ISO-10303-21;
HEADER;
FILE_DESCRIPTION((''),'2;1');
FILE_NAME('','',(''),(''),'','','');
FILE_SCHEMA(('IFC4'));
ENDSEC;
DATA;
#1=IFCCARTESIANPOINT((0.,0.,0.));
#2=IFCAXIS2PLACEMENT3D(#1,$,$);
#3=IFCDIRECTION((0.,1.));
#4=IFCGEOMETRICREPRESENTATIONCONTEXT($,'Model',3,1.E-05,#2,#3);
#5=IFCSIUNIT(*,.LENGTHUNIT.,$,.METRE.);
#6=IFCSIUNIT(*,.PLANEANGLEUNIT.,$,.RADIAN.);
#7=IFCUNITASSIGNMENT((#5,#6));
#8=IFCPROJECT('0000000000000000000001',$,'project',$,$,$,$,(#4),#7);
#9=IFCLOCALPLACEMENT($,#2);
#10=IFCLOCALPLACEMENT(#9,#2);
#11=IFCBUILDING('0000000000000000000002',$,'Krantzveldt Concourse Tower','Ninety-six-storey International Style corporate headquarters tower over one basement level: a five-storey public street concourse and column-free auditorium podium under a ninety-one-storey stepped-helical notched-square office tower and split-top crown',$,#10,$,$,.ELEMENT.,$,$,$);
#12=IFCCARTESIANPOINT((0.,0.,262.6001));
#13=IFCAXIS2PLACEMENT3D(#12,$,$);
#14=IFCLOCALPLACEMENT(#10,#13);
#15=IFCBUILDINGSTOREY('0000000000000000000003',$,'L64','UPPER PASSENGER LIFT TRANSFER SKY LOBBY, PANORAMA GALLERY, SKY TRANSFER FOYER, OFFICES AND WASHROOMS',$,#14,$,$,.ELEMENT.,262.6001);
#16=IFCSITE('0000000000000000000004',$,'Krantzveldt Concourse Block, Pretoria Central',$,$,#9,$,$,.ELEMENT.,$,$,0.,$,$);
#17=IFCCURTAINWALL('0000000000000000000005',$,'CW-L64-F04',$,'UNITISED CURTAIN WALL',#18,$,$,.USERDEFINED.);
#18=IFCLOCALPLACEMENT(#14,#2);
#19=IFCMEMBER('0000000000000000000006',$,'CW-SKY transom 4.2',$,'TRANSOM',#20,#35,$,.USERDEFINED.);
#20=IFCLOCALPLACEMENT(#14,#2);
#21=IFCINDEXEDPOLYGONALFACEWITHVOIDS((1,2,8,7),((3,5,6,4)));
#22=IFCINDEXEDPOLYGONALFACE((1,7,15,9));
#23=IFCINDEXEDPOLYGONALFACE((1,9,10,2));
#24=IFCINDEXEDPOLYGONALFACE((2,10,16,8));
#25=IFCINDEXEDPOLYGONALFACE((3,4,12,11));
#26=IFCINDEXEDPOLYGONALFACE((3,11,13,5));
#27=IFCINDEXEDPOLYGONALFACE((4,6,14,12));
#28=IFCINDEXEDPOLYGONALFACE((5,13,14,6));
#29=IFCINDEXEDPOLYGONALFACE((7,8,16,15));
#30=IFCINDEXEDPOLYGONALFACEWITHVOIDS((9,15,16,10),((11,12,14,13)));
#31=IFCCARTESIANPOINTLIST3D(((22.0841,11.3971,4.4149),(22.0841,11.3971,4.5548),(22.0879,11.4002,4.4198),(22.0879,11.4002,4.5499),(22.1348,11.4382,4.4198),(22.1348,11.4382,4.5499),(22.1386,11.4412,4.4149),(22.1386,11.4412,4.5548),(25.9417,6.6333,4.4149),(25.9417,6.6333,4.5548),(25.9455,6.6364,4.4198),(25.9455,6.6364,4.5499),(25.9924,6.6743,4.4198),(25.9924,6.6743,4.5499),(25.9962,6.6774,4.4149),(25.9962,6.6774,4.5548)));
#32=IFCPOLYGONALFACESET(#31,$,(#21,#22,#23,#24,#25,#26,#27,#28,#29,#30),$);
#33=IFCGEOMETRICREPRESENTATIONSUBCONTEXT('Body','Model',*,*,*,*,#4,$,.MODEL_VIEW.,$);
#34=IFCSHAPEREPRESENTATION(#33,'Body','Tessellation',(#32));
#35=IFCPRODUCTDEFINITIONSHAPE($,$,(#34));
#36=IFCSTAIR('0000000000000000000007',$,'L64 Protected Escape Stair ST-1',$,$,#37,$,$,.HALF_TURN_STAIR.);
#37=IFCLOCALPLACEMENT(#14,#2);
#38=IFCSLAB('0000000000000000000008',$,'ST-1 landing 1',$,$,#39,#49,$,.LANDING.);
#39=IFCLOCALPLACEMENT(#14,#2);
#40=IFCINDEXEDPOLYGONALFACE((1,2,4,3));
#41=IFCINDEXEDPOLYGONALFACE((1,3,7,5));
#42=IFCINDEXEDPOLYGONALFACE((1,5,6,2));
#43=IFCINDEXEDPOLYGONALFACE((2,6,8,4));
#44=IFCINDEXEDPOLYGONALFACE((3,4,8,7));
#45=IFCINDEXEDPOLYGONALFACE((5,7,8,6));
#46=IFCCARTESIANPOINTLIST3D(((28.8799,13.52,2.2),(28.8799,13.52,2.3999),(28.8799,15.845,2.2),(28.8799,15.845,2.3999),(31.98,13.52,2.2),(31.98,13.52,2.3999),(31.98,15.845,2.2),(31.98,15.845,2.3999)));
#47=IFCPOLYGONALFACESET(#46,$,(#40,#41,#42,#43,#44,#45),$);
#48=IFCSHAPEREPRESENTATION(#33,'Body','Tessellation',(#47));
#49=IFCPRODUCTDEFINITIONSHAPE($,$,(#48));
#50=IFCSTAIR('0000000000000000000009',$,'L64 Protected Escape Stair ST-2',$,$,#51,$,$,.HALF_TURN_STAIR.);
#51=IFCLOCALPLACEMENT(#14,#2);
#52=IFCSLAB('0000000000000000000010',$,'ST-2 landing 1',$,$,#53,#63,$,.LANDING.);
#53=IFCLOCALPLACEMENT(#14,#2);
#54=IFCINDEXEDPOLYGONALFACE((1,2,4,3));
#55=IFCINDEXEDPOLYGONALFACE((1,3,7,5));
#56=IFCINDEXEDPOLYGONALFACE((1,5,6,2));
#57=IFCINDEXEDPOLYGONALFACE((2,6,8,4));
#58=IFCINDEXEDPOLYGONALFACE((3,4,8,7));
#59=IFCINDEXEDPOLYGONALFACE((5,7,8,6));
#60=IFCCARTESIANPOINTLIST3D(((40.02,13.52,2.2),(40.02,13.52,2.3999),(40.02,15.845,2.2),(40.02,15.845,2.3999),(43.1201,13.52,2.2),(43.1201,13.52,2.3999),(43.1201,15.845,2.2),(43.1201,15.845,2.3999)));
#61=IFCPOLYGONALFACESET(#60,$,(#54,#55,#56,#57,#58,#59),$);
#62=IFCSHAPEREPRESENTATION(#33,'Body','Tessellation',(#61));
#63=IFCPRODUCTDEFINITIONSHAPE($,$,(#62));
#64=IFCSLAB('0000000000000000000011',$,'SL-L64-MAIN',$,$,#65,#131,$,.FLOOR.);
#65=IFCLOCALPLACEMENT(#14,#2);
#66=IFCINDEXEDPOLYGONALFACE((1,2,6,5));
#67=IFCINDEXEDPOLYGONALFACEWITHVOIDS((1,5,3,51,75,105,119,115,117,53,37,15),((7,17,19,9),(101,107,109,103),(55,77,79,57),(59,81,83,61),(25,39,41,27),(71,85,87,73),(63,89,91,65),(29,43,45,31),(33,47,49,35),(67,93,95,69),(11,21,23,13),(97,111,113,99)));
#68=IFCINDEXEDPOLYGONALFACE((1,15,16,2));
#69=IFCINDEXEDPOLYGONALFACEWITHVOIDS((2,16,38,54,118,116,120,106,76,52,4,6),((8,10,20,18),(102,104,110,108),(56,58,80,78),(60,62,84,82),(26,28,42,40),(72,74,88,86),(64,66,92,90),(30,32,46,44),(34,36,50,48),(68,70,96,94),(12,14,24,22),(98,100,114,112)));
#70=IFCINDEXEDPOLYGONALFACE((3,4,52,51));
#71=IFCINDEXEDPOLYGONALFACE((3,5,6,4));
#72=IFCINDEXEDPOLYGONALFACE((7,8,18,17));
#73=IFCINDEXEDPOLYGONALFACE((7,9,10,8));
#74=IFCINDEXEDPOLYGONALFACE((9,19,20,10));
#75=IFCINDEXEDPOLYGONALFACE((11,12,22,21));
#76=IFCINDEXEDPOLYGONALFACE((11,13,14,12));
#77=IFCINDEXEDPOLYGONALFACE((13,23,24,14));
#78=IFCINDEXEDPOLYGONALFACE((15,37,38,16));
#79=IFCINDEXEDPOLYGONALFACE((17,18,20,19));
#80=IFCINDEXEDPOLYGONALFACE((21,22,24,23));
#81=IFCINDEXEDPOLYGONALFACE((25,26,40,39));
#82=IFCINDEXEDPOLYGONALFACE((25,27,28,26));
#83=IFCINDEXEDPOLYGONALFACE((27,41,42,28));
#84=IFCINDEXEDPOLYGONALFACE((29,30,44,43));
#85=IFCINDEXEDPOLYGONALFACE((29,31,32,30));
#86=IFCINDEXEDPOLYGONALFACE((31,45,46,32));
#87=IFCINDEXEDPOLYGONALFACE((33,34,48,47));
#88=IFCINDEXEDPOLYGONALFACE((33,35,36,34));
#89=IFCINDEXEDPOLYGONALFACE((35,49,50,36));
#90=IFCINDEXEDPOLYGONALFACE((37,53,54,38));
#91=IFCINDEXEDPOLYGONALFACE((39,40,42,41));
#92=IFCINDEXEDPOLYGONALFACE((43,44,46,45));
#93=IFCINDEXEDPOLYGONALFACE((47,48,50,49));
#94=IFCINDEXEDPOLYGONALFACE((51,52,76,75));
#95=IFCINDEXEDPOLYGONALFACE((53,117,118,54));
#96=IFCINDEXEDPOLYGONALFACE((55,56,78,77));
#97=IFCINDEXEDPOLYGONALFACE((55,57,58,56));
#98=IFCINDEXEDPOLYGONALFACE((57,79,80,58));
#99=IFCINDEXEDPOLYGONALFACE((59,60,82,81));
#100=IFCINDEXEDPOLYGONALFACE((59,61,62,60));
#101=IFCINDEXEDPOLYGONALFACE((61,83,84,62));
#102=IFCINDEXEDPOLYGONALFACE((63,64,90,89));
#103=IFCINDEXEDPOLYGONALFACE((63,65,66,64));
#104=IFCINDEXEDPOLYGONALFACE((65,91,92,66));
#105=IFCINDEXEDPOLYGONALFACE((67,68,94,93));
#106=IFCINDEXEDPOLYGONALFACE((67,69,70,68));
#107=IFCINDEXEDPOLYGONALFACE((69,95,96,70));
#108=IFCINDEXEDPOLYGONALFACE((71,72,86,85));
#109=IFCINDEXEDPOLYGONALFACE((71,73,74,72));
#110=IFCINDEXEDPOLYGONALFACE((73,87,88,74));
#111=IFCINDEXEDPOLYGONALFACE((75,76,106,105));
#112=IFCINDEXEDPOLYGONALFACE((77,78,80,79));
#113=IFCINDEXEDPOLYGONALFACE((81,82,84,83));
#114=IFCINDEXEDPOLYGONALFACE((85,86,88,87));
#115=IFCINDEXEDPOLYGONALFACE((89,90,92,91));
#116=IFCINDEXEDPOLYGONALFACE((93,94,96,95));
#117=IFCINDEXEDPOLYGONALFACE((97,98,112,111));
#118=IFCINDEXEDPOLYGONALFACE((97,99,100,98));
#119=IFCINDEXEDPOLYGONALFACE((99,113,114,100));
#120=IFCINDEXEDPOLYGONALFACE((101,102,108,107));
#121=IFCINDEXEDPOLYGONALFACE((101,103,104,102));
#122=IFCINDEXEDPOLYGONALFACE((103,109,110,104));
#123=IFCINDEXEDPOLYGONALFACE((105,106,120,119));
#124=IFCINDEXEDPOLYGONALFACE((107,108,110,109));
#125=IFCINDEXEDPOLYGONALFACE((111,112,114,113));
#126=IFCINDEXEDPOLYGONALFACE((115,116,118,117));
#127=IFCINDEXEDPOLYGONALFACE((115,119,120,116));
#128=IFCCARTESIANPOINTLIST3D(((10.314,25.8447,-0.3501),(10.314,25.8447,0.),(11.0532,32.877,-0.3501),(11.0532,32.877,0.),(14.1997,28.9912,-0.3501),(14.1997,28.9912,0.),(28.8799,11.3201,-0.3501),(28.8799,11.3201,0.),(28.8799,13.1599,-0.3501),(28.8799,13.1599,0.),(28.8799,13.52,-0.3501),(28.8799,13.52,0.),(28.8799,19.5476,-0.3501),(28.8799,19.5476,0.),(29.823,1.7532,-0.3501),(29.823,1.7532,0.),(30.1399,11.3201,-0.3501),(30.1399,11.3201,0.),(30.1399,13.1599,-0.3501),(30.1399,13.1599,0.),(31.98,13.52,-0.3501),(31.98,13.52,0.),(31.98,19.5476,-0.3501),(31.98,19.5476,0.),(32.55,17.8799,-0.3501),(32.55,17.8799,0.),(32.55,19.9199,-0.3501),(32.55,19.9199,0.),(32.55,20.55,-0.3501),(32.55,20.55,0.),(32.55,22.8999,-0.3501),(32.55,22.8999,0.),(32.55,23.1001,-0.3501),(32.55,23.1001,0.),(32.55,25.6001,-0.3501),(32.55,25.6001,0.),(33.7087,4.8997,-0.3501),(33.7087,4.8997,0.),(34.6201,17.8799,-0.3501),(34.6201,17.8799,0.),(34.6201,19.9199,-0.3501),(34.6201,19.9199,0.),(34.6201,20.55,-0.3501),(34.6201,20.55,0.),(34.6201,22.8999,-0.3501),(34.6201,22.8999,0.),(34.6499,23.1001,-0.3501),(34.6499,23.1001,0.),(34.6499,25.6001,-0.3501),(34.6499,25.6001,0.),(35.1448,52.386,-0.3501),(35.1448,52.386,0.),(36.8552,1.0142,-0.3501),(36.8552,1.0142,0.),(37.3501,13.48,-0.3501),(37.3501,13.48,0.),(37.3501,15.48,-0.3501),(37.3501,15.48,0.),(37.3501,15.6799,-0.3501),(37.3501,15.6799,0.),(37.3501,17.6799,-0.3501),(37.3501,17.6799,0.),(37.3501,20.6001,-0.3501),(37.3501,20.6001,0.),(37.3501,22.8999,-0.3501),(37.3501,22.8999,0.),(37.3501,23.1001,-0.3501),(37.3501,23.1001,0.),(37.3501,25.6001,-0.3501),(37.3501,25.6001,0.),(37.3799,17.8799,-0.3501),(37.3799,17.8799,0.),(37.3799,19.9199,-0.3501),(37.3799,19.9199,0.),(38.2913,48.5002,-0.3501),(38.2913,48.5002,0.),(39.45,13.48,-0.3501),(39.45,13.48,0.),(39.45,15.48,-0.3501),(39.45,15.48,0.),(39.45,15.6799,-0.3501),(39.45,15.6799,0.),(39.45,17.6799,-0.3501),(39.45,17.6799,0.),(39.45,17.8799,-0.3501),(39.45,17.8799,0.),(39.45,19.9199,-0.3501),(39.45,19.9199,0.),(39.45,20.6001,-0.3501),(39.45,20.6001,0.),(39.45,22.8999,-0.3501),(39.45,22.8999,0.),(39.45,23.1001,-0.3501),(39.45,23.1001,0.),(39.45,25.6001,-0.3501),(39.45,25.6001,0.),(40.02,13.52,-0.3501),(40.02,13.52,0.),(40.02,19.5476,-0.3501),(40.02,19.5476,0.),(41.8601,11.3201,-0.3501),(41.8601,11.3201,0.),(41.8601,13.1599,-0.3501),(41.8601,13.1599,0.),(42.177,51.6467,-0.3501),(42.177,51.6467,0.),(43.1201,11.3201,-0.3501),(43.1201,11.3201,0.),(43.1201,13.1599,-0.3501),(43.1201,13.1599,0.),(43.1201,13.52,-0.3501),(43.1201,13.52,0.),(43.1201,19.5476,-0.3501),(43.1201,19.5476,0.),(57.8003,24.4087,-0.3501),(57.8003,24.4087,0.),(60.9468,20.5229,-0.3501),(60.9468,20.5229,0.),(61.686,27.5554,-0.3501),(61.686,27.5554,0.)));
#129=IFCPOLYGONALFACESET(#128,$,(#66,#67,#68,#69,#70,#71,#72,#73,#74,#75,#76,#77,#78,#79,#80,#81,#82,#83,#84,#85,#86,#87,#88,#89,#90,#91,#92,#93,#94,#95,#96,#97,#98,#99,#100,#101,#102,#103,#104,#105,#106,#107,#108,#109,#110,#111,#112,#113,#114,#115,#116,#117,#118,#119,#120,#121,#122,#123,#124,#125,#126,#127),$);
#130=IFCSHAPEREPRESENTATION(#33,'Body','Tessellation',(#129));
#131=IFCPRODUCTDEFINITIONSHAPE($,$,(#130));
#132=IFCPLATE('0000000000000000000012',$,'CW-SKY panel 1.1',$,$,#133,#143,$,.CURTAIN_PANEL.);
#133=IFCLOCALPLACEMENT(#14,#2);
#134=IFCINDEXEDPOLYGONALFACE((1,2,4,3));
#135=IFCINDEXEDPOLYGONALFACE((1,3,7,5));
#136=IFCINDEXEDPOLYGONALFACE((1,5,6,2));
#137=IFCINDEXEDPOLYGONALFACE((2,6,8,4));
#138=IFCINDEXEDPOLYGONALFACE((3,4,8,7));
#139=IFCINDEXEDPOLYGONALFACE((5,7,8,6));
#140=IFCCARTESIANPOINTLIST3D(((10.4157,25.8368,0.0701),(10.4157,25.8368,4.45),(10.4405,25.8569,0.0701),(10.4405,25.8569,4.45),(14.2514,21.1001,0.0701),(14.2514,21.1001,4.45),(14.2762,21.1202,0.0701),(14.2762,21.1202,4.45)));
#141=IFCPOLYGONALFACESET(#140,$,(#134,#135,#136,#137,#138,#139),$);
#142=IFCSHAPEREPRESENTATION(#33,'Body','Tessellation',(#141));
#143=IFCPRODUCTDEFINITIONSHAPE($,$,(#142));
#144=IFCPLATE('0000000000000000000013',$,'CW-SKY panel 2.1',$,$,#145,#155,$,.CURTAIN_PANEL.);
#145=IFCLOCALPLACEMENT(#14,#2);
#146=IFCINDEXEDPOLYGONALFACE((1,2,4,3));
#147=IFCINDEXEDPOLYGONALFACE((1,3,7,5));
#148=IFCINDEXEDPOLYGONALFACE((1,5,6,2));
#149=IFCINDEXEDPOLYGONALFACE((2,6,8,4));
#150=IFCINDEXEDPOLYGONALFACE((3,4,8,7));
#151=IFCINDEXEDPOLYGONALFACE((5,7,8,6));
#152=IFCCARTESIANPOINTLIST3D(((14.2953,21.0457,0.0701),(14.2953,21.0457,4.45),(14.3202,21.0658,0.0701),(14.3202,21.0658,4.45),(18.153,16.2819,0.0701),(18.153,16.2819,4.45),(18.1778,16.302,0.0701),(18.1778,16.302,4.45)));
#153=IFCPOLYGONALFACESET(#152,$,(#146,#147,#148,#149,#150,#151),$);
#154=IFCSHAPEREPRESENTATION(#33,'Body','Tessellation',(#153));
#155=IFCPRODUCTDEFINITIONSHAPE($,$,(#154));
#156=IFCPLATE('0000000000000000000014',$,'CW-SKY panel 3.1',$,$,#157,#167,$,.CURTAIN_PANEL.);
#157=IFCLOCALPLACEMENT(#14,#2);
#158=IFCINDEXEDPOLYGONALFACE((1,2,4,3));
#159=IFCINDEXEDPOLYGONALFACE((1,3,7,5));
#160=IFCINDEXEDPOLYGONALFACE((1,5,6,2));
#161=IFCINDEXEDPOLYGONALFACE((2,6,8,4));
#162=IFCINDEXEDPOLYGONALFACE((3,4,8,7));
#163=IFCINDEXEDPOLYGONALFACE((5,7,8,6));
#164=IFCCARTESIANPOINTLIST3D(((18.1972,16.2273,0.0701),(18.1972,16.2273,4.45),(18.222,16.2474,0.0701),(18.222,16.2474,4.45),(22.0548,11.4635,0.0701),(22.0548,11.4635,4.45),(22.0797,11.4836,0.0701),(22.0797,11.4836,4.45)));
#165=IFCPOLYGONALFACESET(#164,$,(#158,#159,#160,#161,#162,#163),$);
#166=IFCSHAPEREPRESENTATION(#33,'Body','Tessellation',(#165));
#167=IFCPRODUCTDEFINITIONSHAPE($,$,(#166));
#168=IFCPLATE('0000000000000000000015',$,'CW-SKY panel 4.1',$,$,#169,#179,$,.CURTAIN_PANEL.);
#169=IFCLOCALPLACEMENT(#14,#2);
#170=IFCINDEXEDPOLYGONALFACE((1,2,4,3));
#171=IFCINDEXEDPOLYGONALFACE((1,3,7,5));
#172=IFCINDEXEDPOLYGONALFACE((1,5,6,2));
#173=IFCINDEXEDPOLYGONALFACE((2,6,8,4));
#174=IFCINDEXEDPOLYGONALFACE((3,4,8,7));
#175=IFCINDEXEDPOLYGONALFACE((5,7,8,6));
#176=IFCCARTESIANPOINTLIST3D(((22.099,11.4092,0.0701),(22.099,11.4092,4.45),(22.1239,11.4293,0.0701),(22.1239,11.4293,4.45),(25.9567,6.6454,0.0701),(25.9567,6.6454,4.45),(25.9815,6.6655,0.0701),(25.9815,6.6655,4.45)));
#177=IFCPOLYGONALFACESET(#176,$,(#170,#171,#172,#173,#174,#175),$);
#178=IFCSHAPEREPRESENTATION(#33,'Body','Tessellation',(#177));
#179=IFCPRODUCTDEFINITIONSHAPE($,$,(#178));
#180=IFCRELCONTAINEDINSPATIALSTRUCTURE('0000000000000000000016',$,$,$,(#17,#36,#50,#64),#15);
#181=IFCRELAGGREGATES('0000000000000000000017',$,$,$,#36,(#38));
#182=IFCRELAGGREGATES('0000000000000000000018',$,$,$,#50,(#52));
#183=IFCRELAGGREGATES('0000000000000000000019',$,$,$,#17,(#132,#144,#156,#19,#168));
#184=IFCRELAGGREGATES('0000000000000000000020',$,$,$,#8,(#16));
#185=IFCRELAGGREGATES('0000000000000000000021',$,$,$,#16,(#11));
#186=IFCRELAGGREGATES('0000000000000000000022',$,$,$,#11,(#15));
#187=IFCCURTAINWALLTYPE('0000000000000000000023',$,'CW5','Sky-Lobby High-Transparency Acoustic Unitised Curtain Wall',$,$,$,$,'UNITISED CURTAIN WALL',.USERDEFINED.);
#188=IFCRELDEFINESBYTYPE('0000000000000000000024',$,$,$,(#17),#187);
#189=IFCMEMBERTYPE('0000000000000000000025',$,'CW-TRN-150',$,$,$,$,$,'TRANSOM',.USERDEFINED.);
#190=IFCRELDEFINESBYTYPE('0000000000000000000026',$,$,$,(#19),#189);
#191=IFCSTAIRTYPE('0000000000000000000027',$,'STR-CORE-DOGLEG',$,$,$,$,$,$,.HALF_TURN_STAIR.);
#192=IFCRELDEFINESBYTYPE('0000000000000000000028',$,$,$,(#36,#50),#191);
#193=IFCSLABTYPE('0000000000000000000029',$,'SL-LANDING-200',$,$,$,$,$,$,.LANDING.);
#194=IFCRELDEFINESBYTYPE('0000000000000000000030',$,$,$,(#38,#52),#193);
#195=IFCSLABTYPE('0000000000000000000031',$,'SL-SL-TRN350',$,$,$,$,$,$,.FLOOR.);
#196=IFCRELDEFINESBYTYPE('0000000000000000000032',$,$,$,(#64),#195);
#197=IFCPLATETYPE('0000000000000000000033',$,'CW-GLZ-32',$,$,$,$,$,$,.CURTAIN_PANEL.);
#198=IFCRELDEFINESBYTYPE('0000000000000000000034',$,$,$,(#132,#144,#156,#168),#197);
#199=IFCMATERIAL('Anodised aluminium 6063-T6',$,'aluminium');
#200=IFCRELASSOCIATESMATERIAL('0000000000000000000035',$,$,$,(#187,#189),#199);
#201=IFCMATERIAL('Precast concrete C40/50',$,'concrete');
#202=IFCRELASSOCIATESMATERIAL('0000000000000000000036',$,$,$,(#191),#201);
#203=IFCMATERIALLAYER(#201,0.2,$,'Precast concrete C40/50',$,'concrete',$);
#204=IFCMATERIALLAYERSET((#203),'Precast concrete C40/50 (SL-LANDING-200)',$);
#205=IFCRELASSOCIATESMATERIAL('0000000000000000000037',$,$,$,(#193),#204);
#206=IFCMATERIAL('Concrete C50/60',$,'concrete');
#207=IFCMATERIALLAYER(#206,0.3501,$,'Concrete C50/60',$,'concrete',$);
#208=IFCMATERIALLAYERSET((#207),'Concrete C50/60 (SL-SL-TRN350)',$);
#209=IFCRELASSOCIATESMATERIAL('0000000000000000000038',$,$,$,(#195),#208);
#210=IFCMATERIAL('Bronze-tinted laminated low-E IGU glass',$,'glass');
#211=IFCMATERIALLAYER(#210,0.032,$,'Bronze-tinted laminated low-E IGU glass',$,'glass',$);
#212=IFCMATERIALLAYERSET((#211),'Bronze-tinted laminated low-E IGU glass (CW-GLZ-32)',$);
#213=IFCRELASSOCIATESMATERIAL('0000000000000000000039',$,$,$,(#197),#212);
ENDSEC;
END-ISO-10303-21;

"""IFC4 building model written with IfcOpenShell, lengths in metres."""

from ifc_helpers import new_model, si_unit, direction, frame, origin, origin_2d, place, context, subcontext, project, spatial, polyline, rectangle, hollow_rectangle, outline, extrude, source, transform, mapped, material, layer, layer_set, material_profile, profile_set, type_object, type_shapes, element, aggregate, save


model = new_model("IFC4")

# Units and contexts
model_context = context("Model", 3, precision=1e-05, world=origin(), true_north=direction((0.0, 1.0)))
body_context = subcontext(model_context, "Body", "Model", "MODEL_VIEW")
ifc_project = project(units=[si_unit("LENGTHUNIT", "METRE"), si_unit("PLANEANGLEUNIT", "RADIAN")], contexts=[model_context])

# Site, building, storey
site_placement = place(None, origin())
site = spatial("IfcSite", under=ifc_project, at=site_placement, Name="Krantzveldt Concourse Block, Pretoria Central", CompositionType="ELEMENT", RefElevation=0.0)
building_placement = place(site_placement, origin())
building = spatial("IfcBuilding", under=site, at=building_placement, Name="Krantzveldt Concourse Tower", Description="Ninety-six-storey International Style corporate headquarters tower over one basement level: a five-storey public street concourse and column-free auditorium podium under a ninety-one-storey stepped-helical notched-square office tower and split-top crown", CompositionType="ELEMENT")
storey_placement = place(building_placement, frame((0.0, 0.0, 262.6001)))
storey = spatial("IfcBuildingStorey", under=building, at=storey_placement, Name="L64", Description="UPPER PASSENGER LIFT TRANSFER SKY LOBBY, PANORAMA GALLERY, SKY TRANSFER FOYER, OFFICES AND WASHROOMS", CompositionType="ELEMENT", Elevation=262.6001)

# Shared definitions
ifc_material_1 = material(Name="Concrete C50/60", Category="concrete")

# Curtain wall, member
ifc_material_2 = material(Name="Anodised aluminium 6063-T6", Category="aluminium")
curtain_wall_type = type_object("IfcCurtainWallType", Name="CW5", Description="Sky-Lobby High-Transparency Acoustic Unitised Curtain Wall", ElementType="UNITISED CURTAIN WALL", PredefinedType="USERDEFINED", material=ifc_material_2)
curtain_wall_placement = place(storey_placement, origin())
curtain_wall = element("IfcCurtainWall", 1, at=curtain_wall_placement, inside=storey, type_object=curtain_wall_type, Name="CW-L64-F04", ObjectType="UNITISED CURTAIN WALL", PredefinedType="USERDEFINED")
ifc_material_profile_1 = material_profile(ifc_material_2, hollow_rectangle(XDim=0.0701, YDim=0.1399, WallThickness=0.0049, at=origin_2d()), Name="Anodised aluminium 6063-T6", Category="aluminium")
ifc_profile_set_1 = profile_set([ifc_material_profile_1], Name="Anodised aluminium 6063-T6 - ALU-TRAN 140x70x5")
member_type_1 = type_object("IfcMemberType", Name="CW-TRN-150", ElementType="TRANSOM", PredefinedType="USERDEFINED", material=ifc_profile_set_1)
shared_shape_1 = source(origin(), body_context, "Body", "SweptSolid", [
    extrude(hollow_rectangle(XDim=0.0701, YDim=0.1399, WallThickness=0.0049, at=origin_2d()), origin(), (0.0, 0.0, 1.0), 6.1299),
])
member_1_placement = place(storey_placement, frame((22.1113, 11.4192, 4.4849), z_axis=(0.629313, -0.777152, 0.0), x_axis=(0.777152, 0.629313, 0.0)))
member_1 = element("IfcMember", 2, at=member_1_placement, type_object=member_type_1, Name="CW-SKY transom 4.2", ObjectType="TRANSOM", PredefinedType="USERDEFINED", context=body_context, shape_type="MappedRepresentation", body=[
    mapped(shared_shape_1, transform((0.0, 0.0, 0.0), x_axis=(1.0, 0.0, 0.0), y_axis=(0.0, 1.0, 0.0), z_axis=(0.0, 0.0, 1.0), scale=1.0)),
])

# Stairs, slabs
ifc_material_3 = material(Name="Precast concrete C40/50", Category="concrete")
stair_type = type_object("IfcStairType", Name="STR-CORE-DOGLEG", PredefinedType="HALF_TURN_STAIR", material=ifc_material_3)
stair_1_placement = place(storey_placement, origin())
stair_1 = element("IfcStair", 3, at=stair_1_placement, inside=storey, type_object=stair_type, Name="L64 Protected Escape Stair ST-1", PredefinedType="HALF_TURN_STAIR")
ifc_layer_1 = layer(ifc_material_3, 0.2, Name="Precast concrete C40/50", Category="concrete")
ifc_layer_set_1 = layer_set([ifc_layer_1], Name="Precast concrete C40/50 (SL-LANDING-200)")
slab_type_1 = type_object("IfcSlabType", Name="SL-LANDING-200", PredefinedType="LANDING", material=ifc_layer_set_1)
slab_1_placement = place(storey_placement, frame((0.0, 0.0, 2.2)))
slab_1 = element("IfcSlab", 4, at=slab_1_placement, type_object=slab_type_1, Name="ST-1 landing 1", PredefinedType="LANDING", context=body_context, shape_type="SweptSolid", body=[
    extrude(outline(polyline([(28.8799, 15.845), (28.8799, 13.52), (31.98, 13.52), (31.98, 15.845), (28.8799, 15.845)])), origin(), (0.0, 0.0, 1.0), 0.2),
])
aggregate(stair_1, [slab_1])
stair_2_placement = place(storey_placement, origin())
stair_2 = element("IfcStair", 5, at=stair_2_placement, inside=storey, type_object=stair_type, Name="L64 Protected Escape Stair ST-2", PredefinedType="HALF_TURN_STAIR")
slab_2_placement = place(storey_placement, frame((0.0, 0.0, 2.2)))
slab_2 = element("IfcSlab", 6, at=slab_2_placement, type_object=slab_type_1, Name="ST-2 landing 1", PredefinedType="LANDING", context=body_context, shape_type="SweptSolid", body=[
    extrude(outline(polyline([(40.02, 15.845), (40.02, 13.52), (43.1201, 13.52), (43.1201, 15.845), (40.02, 15.845)])), origin(), (0.0, 0.0, 1.0), 0.2),
])
aggregate(stair_2, [slab_2])

# Slab
ifc_layer_2 = layer(ifc_material_1, 0.3501, Name="Concrete C50/60", Category="concrete")
ifc_layer_set_2 = layer_set([ifc_layer_2], Name="Concrete C50/60 (SL-SL-TRN350)")
slab_type_2 = type_object("IfcSlabType", Name="SL-SL-TRN350", PredefinedType="FLOOR", material=ifc_layer_set_2)
slab_3_placement = place(storey_placement, frame((0.0, 0.0, -0.3501)))
element("IfcSlab", 7, at=slab_3_placement, inside=storey, type_object=slab_type_2, Name="SL-L64-MAIN", PredefinedType="FLOOR", context=body_context, shape_type="SweptSolid", body=[
    extrude(outline(polyline([(38.2913, 48.5002), (35.1448, 52.386), (11.0532, 32.877), (14.1997, 28.9912), (10.314, 25.8447), (29.823, 1.7532), (33.7087, 4.8997), (36.8552, 1.0142), (60.9468, 20.5229), (57.8003, 24.4087), (61.686, 27.5554), (42.177, 51.6467), (38.2913, 48.5002)]), holes=[polyline([(28.8799, 19.5476), (28.8799, 13.52), (31.98, 13.52), (31.98, 19.5476), (28.8799, 19.5476)]), polyline([(40.02, 19.5476), (40.02, 13.52), (43.1201, 13.52), (43.1201, 19.5476), (40.02, 19.5476)]), polyline([(32.55, 23.1001), (34.6499, 23.1001), (34.6499, 25.6001), (32.55, 25.6001), (32.55, 23.1001)]), polyline([(37.3501, 23.1001), (39.45, 23.1001), (39.45, 25.6001), (37.3501, 25.6001), (37.3501, 23.1001)]), polyline([(37.3501, 20.6001), (39.45, 20.6001), (39.45, 22.8999), (37.3501, 22.8999), (37.3501, 20.6001)]), polyline([(37.3501, 13.48), (39.45, 13.48), (39.45, 15.48), (37.3501, 15.48), (37.3501, 13.48)]), polyline([(37.3501, 15.6799), (39.45, 15.6799), (39.45, 17.6799), (37.3501, 17.6799), (37.3501, 15.6799)]), polyline([(32.55, 20.55), (34.6201, 20.55), (34.6201, 22.8999), (32.55, 22.8999), (32.55, 20.55)]), polyline([(32.55, 17.8799), (34.6201, 17.8799), (34.6201, 19.9199), (32.55, 19.9199), (32.55, 17.8799)]), polyline([(37.3799, 17.8799), (39.45, 17.8799), (39.45, 19.9199), (37.3799, 19.9199), (37.3799, 17.8799)]), polyline([(28.8799, 11.3201), (30.1399, 11.3201), (30.1399, 13.1599), (28.8799, 13.1599), (28.8799, 11.3201)]), polyline([(41.8601, 11.3201), (43.1201, 11.3201), (43.1201, 13.1599), (41.8601, 13.1599), (41.8601, 11.3201)])]), origin(), (0.0, 0.0, 1.0), 0.3501),
])

# Plates
ifc_material_4 = material(Name="Bronze-tinted laminated low-E IGU glass", Category="glass")
ifc_layer_3 = layer(ifc_material_4, 0.032, Name="Bronze-tinted laminated low-E IGU glass", Category="glass")
ifc_layer_set_3 = layer_set([ifc_layer_3], Name="Bronze-tinted laminated low-E IGU glass (CW-GLZ-32)")
plate_type = type_object("IfcPlateType", Name="CW-GLZ-32", PredefinedType="CURTAIN_PANEL", material=ifc_layer_set_3)
shared_shape_2 = source(origin(), body_context, "Body", "SweptSolid", [
    extrude(rectangle(XDim=6.095, YDim=0.032, at=origin_2d()), origin(), (0.0, 0.0, 1.0), 4.3799),
])
plate_1_placement = place(storey_placement, frame((12.3459, 23.4785, 0.0701), z_axis=(0.0, 0.0, 1.0), x_axis=(0.62932, -0.777146, 0.0)))
plate_1 = element("IfcPlate", 8, at=plate_1_placement, type_object=plate_type, Name="CW-SKY panel 1.1", PredefinedType="CURTAIN_PANEL", context=body_context, shape_type="MappedRepresentation", body=[
    mapped(shared_shape_2, transform((0.0, 0.0, 0.0), x_axis=(1.0, 0.0, 0.0), y_axis=(0.0, 1.0, 0.0), z_axis=(0.0, 0.0, 1.0), scale=1.0)),
])
shared_shape_3 = source(origin(), body_context, "Body", "SweptSolid", [
    extrude(rectangle(XDim=6.1299, YDim=0.032, at=origin_2d()), origin(), (0.0, 0.0, 1.0), 4.3799),
])
type_shapes(plate_type, [shared_shape_2, shared_shape_3])
plate_2_placement = place(storey_placement, frame((16.2366, 18.6738, 0.0701), z_axis=(0.0, 0.0, 1.0), x_axis=(0.62932, -0.777146, 0.0)))
plate_2 = element("IfcPlate", 9, at=plate_2_placement, type_object=plate_type, Name="CW-SKY panel 2.1", PredefinedType="CURTAIN_PANEL", context=body_context, shape_type="MappedRepresentation", body=[
    mapped(shared_shape_3, transform((0.0, 0.0, 0.0), x_axis=(1.0, 0.0, 0.0), y_axis=(0.0, 1.0, 0.0), z_axis=(0.0, 0.0, 1.0), scale=1.0)),
])
plate_3_placement = place(storey_placement, frame((20.1384, 13.8555, 0.0701), z_axis=(0.0, 0.0, 1.0), x_axis=(0.62932, -0.777146, 0.0)))
plate_3 = element("IfcPlate", 10, at=plate_3_placement, type_object=plate_type, Name="CW-SKY panel 3.1", PredefinedType="CURTAIN_PANEL", context=body_context, shape_type="MappedRepresentation", body=[
    mapped(shared_shape_3, transform((0.0, 0.0, 0.0), x_axis=(1.0, 0.0, 0.0), y_axis=(0.0, 1.0, 0.0), z_axis=(0.0, 0.0, 1.0), scale=1.0)),
])
plate_4_placement = place(storey_placement, frame((24.0403, 9.0374, 0.0701), z_axis=(0.0, 0.0, 1.0), x_axis=(0.62932, -0.777146, 0.0)))
plate_4 = element("IfcPlate", 11, at=plate_4_placement, type_object=plate_type, Name="CW-SKY panel 4.1", PredefinedType="CURTAIN_PANEL", context=body_context, shape_type="MappedRepresentation", body=[
    mapped(shared_shape_3, transform((0.0, 0.0, 0.0), x_axis=(1.0, 0.0, 0.0), y_axis=(0.0, 1.0, 0.0), z_axis=(0.0, 0.0, 1.0), scale=1.0)),
])
aggregate(curtain_wall, [plate_1, plate_2, plate_3, member_1, plate_4])

save(model, "model.ifc")
